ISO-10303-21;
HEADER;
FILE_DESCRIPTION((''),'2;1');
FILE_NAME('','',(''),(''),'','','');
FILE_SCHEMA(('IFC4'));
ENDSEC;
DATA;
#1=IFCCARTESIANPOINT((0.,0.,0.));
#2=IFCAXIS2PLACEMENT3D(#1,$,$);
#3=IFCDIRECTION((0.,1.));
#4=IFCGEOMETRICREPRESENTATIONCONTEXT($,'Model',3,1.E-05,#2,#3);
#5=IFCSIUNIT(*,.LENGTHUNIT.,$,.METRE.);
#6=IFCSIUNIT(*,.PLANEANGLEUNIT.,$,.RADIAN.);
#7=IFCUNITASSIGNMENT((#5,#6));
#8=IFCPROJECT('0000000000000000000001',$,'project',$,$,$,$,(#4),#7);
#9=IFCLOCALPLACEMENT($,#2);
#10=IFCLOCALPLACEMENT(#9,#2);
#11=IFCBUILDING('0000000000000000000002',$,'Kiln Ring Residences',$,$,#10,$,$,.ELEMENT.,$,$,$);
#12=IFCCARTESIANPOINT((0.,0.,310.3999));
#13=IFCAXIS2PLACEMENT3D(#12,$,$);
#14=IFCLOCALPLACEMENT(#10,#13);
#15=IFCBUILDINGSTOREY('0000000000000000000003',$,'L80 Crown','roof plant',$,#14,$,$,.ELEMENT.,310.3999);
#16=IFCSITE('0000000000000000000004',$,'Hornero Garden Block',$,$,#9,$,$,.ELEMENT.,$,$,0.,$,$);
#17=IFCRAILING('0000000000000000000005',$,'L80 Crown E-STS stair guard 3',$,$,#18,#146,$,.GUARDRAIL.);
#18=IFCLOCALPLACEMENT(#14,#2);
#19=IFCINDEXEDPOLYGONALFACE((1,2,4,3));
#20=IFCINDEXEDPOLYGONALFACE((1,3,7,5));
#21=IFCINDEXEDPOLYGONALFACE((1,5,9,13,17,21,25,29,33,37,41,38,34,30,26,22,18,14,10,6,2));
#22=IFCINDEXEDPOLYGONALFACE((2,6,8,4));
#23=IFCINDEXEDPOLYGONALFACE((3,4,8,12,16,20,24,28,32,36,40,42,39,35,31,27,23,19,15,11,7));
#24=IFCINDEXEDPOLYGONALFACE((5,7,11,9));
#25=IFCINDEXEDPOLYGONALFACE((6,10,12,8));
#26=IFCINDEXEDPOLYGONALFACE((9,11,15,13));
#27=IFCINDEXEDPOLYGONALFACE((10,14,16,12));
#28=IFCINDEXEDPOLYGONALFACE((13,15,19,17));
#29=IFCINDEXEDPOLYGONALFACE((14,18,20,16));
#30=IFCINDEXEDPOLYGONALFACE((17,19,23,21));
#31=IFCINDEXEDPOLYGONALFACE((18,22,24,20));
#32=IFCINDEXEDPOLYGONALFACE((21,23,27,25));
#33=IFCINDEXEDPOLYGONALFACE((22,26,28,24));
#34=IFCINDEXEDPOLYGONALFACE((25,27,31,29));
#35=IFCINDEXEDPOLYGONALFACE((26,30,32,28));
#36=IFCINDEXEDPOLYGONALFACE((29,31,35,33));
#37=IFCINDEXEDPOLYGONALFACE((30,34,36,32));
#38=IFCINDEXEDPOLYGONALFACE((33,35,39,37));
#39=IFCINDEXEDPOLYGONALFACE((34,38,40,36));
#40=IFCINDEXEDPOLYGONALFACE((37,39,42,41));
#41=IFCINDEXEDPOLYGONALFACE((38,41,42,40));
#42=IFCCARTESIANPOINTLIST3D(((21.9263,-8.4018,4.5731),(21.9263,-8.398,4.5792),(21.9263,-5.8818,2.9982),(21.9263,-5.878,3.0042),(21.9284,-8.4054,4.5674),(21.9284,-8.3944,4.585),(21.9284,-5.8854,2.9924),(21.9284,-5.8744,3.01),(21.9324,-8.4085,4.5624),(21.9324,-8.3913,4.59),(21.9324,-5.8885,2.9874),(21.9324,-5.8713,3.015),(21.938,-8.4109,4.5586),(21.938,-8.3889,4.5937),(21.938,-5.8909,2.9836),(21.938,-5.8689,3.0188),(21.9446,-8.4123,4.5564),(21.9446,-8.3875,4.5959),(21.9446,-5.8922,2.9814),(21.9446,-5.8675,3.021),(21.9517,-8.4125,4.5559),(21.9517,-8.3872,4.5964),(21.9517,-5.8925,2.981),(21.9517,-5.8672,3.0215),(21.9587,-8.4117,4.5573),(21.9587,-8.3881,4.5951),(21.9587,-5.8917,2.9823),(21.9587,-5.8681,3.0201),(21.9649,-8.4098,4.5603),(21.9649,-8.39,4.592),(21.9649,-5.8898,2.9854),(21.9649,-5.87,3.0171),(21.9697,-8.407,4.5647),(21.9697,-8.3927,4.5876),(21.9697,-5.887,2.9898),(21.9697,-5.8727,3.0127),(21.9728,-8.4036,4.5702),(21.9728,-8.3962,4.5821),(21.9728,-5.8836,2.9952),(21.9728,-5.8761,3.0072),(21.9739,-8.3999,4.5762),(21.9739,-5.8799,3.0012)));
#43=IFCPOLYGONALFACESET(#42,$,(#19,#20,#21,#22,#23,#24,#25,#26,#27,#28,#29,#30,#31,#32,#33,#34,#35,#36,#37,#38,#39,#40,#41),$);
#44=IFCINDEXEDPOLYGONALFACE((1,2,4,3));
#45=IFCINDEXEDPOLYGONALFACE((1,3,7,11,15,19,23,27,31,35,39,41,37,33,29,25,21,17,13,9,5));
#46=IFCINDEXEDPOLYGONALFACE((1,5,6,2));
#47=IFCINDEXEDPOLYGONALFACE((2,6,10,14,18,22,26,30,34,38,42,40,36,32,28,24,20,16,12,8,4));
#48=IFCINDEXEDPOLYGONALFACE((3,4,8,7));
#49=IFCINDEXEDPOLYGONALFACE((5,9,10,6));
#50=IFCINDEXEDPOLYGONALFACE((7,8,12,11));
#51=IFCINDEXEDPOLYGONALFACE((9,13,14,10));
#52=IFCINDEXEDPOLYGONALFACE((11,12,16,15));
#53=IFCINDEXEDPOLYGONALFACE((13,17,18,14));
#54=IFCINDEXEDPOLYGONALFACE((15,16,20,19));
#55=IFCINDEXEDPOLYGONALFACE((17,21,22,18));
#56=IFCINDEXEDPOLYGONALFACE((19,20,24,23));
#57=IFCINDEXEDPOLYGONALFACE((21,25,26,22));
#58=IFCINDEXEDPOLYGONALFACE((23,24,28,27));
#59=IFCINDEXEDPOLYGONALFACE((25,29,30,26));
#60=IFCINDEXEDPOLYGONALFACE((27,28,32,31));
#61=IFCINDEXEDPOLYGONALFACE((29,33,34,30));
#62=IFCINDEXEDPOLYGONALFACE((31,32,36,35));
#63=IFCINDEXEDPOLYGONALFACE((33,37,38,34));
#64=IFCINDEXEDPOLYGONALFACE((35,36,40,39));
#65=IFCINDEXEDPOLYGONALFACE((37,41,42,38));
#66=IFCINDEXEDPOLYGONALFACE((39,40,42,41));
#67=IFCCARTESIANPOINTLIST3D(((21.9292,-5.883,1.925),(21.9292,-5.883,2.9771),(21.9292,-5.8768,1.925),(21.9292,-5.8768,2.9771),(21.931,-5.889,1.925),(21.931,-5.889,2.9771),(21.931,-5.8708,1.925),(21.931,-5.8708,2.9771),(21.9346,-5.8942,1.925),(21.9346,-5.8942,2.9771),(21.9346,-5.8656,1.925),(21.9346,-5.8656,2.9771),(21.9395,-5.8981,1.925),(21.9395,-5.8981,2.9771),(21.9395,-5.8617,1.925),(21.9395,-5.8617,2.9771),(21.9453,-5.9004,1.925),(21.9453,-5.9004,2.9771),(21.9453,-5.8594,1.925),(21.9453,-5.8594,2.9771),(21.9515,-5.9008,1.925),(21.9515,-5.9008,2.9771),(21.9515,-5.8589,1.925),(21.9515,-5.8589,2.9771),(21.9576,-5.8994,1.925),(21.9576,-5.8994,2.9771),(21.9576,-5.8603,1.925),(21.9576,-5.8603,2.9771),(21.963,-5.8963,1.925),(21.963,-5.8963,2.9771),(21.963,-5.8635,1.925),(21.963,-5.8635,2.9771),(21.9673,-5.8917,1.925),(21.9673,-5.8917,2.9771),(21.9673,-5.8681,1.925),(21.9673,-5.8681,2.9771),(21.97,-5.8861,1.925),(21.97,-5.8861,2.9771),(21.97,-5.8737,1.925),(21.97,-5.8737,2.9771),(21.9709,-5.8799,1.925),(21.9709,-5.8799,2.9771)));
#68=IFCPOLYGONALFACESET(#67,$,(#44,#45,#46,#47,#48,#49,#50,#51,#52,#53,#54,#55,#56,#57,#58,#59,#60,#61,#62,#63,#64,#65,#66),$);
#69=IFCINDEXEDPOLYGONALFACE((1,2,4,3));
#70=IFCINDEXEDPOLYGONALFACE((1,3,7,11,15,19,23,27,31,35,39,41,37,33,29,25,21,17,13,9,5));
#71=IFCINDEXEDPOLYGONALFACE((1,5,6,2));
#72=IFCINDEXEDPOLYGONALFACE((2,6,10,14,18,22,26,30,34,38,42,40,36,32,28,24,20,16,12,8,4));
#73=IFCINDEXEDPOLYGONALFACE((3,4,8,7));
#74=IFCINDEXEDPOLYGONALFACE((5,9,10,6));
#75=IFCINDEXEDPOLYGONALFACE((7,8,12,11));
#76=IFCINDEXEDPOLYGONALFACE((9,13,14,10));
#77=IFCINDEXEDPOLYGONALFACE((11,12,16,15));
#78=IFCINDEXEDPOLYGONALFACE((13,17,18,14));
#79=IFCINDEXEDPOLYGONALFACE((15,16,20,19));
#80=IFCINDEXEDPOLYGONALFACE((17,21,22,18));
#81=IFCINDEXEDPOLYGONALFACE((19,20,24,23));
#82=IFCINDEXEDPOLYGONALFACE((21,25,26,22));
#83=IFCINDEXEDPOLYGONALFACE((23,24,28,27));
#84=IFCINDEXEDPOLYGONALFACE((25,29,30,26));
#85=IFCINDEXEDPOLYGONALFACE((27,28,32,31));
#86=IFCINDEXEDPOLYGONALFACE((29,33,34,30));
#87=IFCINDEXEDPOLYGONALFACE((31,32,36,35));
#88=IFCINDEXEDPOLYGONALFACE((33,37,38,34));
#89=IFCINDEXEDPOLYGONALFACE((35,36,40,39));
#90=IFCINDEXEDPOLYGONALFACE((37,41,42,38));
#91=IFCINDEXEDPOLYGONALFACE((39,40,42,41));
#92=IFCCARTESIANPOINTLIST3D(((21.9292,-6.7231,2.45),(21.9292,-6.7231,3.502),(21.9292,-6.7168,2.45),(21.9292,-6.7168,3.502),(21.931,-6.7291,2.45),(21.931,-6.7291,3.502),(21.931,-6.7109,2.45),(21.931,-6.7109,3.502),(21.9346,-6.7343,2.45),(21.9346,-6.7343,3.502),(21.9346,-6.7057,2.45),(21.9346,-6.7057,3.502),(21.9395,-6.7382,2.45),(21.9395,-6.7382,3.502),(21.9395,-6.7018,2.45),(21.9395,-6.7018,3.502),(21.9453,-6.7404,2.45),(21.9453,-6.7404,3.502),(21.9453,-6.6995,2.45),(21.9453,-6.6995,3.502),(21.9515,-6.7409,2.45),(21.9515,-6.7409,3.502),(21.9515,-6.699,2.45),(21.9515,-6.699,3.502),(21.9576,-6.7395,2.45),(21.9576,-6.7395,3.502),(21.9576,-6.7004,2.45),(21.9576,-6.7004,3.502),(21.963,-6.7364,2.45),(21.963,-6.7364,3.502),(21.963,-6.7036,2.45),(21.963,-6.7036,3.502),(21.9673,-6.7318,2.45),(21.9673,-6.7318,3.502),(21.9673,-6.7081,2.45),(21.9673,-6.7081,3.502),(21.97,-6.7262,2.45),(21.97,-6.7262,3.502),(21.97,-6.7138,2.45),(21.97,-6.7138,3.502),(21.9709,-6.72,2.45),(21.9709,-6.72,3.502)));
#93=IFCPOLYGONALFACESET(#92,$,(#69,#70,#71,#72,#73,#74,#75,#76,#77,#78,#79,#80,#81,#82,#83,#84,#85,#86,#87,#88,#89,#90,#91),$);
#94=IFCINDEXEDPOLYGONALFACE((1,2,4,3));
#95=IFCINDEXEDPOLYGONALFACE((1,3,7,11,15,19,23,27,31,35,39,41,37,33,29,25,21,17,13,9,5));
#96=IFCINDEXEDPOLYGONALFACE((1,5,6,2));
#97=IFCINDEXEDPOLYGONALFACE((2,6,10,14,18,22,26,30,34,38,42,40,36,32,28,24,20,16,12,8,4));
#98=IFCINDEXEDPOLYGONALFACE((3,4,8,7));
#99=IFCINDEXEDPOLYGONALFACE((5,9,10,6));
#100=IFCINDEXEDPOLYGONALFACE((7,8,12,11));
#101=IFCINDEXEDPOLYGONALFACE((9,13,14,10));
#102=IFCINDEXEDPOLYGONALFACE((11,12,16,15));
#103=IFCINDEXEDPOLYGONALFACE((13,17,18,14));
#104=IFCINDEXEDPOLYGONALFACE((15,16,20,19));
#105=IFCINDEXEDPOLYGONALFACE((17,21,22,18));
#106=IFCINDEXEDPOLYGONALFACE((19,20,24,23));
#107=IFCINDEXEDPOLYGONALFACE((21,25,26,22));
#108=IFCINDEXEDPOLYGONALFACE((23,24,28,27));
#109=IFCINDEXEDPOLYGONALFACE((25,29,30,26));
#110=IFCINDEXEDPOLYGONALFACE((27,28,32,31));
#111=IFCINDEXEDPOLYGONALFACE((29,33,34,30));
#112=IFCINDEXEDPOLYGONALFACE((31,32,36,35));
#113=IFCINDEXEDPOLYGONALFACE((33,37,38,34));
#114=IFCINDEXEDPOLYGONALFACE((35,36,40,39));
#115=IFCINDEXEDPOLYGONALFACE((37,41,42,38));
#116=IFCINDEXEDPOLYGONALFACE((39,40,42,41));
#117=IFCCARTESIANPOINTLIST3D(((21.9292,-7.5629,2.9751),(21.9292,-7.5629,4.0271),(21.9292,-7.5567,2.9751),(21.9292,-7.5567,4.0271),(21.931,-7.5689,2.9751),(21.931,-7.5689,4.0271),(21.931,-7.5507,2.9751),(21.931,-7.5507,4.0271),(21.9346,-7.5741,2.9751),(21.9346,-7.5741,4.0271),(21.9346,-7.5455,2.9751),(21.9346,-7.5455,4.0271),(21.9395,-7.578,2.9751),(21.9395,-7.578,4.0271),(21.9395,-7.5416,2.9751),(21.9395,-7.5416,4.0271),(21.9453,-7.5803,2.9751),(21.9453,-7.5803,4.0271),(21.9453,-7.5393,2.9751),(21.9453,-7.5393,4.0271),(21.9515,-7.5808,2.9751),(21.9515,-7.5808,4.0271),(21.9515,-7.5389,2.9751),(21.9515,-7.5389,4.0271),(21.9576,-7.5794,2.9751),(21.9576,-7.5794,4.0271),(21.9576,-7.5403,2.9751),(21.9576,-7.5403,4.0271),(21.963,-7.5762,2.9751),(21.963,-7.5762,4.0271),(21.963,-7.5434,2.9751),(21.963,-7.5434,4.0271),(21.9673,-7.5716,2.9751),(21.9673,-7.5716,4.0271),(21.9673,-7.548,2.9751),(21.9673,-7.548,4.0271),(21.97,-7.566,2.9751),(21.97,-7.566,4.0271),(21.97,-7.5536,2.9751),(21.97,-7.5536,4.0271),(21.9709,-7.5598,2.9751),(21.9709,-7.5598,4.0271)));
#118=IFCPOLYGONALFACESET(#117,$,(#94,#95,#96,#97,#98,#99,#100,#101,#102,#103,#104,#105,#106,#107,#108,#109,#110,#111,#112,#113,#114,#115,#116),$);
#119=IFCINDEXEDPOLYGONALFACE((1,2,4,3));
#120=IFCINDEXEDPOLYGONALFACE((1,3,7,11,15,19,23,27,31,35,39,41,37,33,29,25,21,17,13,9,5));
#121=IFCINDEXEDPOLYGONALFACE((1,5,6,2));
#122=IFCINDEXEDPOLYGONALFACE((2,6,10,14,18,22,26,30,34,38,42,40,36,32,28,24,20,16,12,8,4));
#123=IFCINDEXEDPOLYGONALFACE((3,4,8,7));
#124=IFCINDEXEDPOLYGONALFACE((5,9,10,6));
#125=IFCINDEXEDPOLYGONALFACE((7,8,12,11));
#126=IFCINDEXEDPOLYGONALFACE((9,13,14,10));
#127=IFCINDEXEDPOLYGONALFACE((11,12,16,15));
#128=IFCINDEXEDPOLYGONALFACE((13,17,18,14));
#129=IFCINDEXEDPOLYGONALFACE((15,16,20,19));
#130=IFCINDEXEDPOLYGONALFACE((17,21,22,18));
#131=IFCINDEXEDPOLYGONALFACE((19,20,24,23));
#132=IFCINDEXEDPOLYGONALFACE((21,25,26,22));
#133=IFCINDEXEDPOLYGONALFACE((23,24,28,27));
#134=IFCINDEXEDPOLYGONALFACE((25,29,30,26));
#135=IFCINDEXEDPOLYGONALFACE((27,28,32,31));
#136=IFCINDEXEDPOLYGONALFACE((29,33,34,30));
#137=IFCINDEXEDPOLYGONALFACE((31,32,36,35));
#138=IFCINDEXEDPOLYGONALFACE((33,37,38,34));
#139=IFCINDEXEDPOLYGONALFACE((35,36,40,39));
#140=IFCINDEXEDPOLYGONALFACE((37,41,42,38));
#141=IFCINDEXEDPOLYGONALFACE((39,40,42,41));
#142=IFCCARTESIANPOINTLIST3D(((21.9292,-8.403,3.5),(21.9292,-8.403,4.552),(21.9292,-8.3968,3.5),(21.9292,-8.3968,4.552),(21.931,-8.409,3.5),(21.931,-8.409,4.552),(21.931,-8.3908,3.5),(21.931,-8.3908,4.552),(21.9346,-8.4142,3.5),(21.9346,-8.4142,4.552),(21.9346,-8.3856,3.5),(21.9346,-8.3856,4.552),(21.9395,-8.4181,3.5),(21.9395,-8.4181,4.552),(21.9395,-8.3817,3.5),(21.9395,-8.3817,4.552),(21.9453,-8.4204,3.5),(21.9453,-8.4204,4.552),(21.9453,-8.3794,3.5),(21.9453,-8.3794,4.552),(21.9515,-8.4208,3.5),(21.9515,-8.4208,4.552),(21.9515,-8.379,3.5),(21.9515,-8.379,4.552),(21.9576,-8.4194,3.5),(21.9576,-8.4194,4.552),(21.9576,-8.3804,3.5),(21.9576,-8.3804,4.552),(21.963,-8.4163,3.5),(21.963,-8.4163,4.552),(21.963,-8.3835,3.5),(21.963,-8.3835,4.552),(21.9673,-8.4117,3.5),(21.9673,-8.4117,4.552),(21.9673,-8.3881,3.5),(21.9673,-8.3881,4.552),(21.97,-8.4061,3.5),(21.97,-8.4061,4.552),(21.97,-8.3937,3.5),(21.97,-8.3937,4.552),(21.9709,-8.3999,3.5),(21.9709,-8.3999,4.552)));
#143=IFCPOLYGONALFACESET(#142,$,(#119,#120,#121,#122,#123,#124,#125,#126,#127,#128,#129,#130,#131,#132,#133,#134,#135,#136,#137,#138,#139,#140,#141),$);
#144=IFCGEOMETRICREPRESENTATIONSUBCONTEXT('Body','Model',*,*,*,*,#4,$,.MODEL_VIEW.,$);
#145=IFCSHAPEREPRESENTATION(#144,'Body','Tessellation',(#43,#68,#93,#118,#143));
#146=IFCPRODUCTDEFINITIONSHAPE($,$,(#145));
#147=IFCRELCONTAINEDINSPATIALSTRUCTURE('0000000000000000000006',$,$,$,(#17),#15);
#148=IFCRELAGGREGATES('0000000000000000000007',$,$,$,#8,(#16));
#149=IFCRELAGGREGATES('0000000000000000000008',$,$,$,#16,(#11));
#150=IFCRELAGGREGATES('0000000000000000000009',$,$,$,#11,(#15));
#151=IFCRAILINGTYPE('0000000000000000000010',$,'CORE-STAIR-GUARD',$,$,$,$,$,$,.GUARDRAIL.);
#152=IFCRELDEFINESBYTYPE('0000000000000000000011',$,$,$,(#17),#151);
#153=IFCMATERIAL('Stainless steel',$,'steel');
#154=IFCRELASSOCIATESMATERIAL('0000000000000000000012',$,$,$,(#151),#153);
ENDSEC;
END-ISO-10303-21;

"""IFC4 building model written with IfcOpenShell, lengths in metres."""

from ifc_helpers import new_model, si_unit, direction, frame, origin, origin_2d, place, context, subcontext, project, spatial, circle, extrude, material, type_object, element, save


model = new_model("IFC4")

# Units and contexts
model_context = context("Model", 3, precision=1e-05, world=origin(), true_north=direction((0.0, 1.0)))
body_context = subcontext(model_context, "Body", "Model", "MODEL_VIEW")
ifc_project = project(units=[si_unit("LENGTHUNIT", "METRE"), si_unit("PLANEANGLEUNIT", "RADIAN")], contexts=[model_context])

# Site, building, storey
site_placement = place(None, origin())
site = spatial("IfcSite", under=ifc_project, at=site_placement, Name="Hornero Garden Block", CompositionType="ELEMENT", RefElevation=0.0)
building_placement = place(site_placement, origin())
building = spatial("IfcBuilding", under=site, at=building_placement, Name="Kiln Ring Residences", CompositionType="ELEMENT")
storey_placement = place(building_placement, frame((0.0, 0.0, 310.3999)))
storey = spatial("IfcBuildingStorey", under=building, at=storey_placement, Name="L80 Crown", Description="roof plant", CompositionType="ELEMENT", Elevation=310.3999)

# Railing
ifc_material_1 = material(Name="Stainless steel", Category="steel")
railing_type_1 = type_object("IfcRailingType", Name="CORE-STAIR-GUARD", PredefinedType="GUARDRAIL", material=ifc_material_1)
railing_1_placement = place(storey_placement, frame((21.95, -5.8799, 1.925)))
element("IfcRailing", 1, at=railing_1_placement, inside=storey, type_object=railing_type_1, Name="L80 Crown E-STS stair guard 3", PredefinedType="GUARDRAIL", context=body_context, shape_type="SweptSolid", body=[
    extrude(circle(Radius=0.0239, at=origin_2d()), frame((0.0, 0.0, 1.0762), z_axis=(0.0, -0.848008, 0.529984), x_axis=(1.0, 0.0, 0.0)), (0.0, 0.0, 1.0), 2.9717),
    extrude(circle(Radius=0.021, at=origin_2d()), origin(), (0.0, 0.0, 1.0), 1.052),
    extrude(circle(Radius=0.021, at=origin_2d()), frame((0.0, -0.8401, 0.5249)), (0.0, 0.0, 1.0), 1.052),
    extrude(circle(Radius=0.021, at=origin_2d()), frame((0.0, -1.6799, 1.05)), (0.0, 0.0, 1.0), 1.052),
    extrude(circle(Radius=0.021, at=origin_2d()), frame((0.0, -2.52, 1.575)), (0.0, 0.0, 1.0), 1.052),
])

save(model, "model.ifc")
